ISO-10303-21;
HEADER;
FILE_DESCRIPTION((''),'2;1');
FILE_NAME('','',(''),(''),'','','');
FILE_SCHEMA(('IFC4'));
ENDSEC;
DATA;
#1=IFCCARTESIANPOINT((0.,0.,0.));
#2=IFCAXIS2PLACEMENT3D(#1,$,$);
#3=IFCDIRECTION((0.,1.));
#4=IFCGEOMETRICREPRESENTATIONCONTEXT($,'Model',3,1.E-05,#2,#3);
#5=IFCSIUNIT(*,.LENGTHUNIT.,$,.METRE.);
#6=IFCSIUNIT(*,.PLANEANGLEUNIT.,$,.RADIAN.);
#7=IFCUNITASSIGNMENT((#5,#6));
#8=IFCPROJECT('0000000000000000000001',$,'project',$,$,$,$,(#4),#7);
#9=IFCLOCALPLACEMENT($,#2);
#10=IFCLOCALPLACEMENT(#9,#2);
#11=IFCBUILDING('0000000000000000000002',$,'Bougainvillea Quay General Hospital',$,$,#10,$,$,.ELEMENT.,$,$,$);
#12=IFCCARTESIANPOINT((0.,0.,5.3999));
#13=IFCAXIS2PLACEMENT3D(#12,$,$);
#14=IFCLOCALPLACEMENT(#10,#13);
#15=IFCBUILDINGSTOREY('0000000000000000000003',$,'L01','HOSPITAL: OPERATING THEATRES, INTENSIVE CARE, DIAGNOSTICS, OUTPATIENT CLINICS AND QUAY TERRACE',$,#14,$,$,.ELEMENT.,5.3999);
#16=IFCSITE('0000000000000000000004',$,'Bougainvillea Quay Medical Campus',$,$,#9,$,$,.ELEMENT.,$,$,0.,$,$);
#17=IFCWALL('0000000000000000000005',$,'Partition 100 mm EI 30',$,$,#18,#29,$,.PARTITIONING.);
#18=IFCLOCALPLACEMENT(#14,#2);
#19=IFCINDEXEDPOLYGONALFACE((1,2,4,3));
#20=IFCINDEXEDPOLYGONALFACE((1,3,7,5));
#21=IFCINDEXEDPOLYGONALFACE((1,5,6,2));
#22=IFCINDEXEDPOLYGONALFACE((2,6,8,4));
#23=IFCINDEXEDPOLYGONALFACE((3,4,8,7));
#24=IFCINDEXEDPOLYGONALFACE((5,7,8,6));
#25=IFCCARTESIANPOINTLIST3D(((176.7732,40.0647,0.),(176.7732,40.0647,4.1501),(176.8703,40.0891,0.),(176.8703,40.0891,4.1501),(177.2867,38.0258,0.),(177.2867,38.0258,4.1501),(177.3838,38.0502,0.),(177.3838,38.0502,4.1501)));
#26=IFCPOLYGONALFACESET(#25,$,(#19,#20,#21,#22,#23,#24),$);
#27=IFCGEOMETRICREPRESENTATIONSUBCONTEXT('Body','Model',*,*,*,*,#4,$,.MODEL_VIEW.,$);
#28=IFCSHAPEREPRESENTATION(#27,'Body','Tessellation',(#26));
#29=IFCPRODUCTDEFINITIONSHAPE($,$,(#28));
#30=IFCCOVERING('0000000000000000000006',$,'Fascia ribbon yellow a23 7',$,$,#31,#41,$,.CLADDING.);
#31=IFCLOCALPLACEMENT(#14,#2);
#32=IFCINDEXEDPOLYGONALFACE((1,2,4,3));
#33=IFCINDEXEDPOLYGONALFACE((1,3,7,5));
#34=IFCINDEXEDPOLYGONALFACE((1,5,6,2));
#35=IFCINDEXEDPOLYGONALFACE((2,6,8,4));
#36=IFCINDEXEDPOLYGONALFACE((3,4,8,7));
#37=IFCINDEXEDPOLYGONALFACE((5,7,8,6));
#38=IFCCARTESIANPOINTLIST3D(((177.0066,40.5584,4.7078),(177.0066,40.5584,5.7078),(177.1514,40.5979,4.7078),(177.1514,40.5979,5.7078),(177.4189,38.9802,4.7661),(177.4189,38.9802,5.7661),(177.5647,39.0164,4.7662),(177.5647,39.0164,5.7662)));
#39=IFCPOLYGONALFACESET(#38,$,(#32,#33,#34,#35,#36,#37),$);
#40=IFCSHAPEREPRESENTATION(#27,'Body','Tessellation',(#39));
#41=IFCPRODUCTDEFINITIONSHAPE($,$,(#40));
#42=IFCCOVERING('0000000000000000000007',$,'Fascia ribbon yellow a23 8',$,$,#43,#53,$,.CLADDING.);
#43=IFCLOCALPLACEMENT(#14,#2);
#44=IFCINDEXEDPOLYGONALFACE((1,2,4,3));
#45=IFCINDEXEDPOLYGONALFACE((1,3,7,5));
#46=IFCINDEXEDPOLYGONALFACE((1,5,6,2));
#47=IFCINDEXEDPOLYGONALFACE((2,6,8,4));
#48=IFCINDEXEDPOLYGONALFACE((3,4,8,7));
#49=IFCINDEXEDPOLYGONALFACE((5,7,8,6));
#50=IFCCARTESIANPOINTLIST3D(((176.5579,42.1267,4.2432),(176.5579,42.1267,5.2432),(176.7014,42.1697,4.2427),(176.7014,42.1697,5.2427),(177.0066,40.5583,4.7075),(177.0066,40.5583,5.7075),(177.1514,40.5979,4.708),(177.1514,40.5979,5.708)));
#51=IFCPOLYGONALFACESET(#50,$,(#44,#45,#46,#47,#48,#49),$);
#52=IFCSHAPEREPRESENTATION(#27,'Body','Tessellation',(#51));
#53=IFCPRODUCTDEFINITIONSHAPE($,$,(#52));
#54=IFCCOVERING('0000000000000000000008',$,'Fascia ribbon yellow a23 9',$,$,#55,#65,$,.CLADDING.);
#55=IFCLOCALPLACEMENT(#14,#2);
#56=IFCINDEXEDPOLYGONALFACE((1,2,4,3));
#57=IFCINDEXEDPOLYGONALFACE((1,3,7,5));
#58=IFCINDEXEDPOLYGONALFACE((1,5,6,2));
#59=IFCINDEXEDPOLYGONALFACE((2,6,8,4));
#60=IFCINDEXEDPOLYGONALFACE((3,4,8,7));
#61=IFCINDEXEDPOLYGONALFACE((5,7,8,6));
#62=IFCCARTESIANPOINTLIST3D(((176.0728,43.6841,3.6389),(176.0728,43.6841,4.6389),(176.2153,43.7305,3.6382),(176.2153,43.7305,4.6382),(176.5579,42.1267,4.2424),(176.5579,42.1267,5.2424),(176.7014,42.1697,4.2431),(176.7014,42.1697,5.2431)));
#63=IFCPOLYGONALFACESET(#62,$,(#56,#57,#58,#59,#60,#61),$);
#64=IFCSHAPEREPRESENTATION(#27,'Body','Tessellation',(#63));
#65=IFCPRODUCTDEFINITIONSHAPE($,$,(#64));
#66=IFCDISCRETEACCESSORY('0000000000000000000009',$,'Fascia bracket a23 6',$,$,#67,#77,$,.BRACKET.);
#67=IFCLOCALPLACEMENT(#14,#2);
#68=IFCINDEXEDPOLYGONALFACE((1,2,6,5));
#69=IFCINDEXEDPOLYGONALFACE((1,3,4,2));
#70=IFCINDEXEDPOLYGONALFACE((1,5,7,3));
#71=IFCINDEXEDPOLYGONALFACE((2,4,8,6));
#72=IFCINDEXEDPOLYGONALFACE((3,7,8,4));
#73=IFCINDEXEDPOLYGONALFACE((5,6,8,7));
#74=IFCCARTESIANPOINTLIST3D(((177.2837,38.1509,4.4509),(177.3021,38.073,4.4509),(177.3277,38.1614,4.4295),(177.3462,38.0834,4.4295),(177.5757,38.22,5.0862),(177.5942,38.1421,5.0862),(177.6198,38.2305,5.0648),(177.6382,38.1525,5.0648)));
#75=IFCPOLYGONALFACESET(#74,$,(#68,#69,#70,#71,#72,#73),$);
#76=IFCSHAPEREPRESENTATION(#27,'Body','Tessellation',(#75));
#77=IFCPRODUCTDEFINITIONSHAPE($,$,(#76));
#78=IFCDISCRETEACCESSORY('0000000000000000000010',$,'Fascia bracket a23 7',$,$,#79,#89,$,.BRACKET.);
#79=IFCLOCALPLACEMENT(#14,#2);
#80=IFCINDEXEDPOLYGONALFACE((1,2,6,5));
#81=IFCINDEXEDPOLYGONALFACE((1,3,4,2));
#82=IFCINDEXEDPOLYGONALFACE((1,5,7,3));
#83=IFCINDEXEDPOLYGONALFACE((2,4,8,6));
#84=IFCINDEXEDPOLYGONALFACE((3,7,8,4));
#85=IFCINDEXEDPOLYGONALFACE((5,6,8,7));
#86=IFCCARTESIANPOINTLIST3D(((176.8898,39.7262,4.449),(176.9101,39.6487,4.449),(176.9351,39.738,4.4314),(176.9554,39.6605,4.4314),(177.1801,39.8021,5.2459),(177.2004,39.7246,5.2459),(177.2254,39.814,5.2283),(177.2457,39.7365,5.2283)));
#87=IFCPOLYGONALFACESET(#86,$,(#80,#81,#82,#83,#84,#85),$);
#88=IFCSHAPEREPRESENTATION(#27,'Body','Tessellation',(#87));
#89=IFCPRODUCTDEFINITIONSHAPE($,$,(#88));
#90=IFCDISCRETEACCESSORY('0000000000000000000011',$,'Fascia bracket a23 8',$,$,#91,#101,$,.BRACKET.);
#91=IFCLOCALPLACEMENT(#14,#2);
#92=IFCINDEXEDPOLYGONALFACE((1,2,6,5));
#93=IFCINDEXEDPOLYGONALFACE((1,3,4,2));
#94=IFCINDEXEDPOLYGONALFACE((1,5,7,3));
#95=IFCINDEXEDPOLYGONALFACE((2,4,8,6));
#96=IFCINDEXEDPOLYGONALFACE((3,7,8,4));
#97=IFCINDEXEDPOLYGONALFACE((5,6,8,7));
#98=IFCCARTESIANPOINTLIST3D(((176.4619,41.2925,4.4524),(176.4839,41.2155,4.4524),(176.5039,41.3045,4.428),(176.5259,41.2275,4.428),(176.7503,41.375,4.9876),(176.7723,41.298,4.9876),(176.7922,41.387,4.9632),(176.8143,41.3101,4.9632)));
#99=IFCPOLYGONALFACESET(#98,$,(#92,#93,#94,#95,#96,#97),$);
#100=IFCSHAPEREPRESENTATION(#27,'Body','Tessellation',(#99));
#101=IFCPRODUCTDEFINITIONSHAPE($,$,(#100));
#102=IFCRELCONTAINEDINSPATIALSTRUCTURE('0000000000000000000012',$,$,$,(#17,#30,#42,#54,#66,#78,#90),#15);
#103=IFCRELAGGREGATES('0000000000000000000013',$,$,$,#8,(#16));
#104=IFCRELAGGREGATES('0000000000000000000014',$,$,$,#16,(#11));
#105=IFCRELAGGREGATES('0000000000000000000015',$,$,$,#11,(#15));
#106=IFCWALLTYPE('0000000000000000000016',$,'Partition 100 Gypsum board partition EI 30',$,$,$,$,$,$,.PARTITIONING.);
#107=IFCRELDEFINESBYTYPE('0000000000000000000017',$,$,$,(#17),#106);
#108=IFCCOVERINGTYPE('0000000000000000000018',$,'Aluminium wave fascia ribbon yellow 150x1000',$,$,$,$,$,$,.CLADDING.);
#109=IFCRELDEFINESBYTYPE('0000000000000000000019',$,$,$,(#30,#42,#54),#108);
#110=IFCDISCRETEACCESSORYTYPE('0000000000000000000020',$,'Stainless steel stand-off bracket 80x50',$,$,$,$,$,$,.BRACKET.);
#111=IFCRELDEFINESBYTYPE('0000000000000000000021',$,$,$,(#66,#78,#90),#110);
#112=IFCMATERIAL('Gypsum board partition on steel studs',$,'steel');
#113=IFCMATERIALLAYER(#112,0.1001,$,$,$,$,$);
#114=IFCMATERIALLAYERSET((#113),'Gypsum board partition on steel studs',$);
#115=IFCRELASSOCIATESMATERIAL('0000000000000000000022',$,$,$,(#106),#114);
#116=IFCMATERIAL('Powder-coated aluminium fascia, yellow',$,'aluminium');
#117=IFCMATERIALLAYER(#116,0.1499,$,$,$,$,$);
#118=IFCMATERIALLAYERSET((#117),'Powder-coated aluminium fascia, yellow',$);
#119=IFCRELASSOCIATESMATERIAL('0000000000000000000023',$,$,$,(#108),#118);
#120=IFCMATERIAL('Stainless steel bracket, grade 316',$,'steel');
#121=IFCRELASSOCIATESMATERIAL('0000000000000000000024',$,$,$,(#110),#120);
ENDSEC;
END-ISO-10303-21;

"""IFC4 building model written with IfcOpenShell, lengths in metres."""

from ifc_helpers import new_model, si_unit, direction, frame, frame_2d, origin, origin_2d, place, context, subcontext, project, spatial, polyline, rectangle, outline, extrude, material, layer, layer_set, material_profile, profile_set, type_object, element, save


model = new_model("IFC4")

# Units and contexts
model_context = context("Model", 3, precision=1e-05, world=origin(), true_north=direction((0.0, 1.0)))
body_context = subcontext(model_context, "Body", "Model", "MODEL_VIEW")
ifc_project = project(units=[si_unit("LENGTHUNIT", "METRE"), si_unit("PLANEANGLEUNIT", "RADIAN")], contexts=[model_context])

# Site, building, storey
site_placement = place(None, origin())
site = spatial("IfcSite", under=ifc_project, at=site_placement, Name="Bougainvillea Quay Medical Campus", CompositionType="ELEMENT", RefElevation=0.0)
building_placement = place(site_placement, origin())
building = spatial("IfcBuilding", under=site, at=building_placement, Name="Bougainvillea Quay General Hospital", CompositionType="ELEMENT")
storey_placement = place(building_placement, frame((0.0, 0.0, 5.3999)))
storey = spatial("IfcBuildingStorey", under=building, at=storey_placement, Name="L01", Description="HOSPITAL: OPERATING THEATRES, INTENSIVE CARE, DIAGNOSTICS, OUTPATIENT CLINICS AND QUAY TERRACE", CompositionType="ELEMENT", Elevation=5.3999)

# Wall
ifc_material_1 = material(Name="Gypsum board partition on steel studs", Category="steel")
ifc_layer_1 = layer(ifc_material_1, 0.1001)
ifc_layer_set_1 = layer_set([ifc_layer_1], Name="Gypsum board partition on steel studs")
wall_type = type_object("IfcWallType", Name="Partition 100 Gypsum board partition EI 30", PredefinedType="PARTITIONING", material=ifc_layer_set_1)
wall_1_placement = place(storey_placement, frame((176.8218, 40.0769, 0.0), z_axis=(0.0, 0.0, 1.0), x_axis=(0.244202, -0.969724, 0.0)))
element("IfcWall", 1, at=wall_1_placement, inside=storey, type_object=wall_type, Name="Partition 100 mm EI 30", PredefinedType="PARTITIONING", context=body_context, shape_type="SweptSolid", body=[
    extrude(rectangle(XDim=2.1025, YDim=0.1001, at=frame_2d((1.0513, 0.0))), origin(), (0.0, 0.0, 1.0), 4.1501),
])

# Coverings
ifc_material_2 = material(Name="Powder-coated aluminium fascia, yellow", Category="aluminium")
ifc_layer_2 = layer(ifc_material_2, 0.1499)
ifc_layer_set_2 = layer_set([ifc_layer_2], Name="Powder-coated aluminium fascia, yellow")
covering_type = type_object("IfcCoveringType", Name="Aluminium wave fascia ribbon yellow 150x1000", PredefinedType="CLADDING", material=ifc_layer_set_2)
covering_1_placement = place(storey_placement, frame((177.4189, 38.9802, 4.7661), z_axis=(-0.009002, 0.034558, 0.999362), x_axis=(-0.252644, 0.9669, -0.035711)))
element("IfcCovering", 2, at=covering_1_placement, inside=storey, type_object=covering_type, Name="Fascia ribbon yellow a23 7", PredefinedType="CLADDING", context=body_context, shape_type="SweptSolid", body=[
    extrude(outline(polyline([(0.0, 0.0), (1.6322, 0.0), (1.6338, -0.1501), (-0.0019, -0.1502), (0.0, 0.0)])), origin(), (-0.035711, 0.000026, 0.999362), 1.0),
])
covering_2_placement = place(storey_placement, frame((177.0066, 40.5583, 4.7075), z_axis=(-0.075327, 0.263197, 0.961797), x_axis=(-0.264568, 0.924693, -0.273764)))
element("IfcCovering", 3, at=covering_2_placement, inside=storey, type_object=covering_type, Name="Fascia ribbon yellow a23 8", PredefinedType="CLADDING", context=body_context, shape_type="SweptSolid", body=[
    extrude(outline(polyline([(0.0, 0.0), (1.6961, 0.0), (1.698, -0.1498), (-0.0019, -0.1501), (0.0, 0.0)])), origin(), (-0.273764, -0.00002, 0.961797), 1.0),
])
covering_3_placement = place(storey_placement, frame((176.5579, 42.1267, 4.2424), z_axis=(-0.103448, 0.33126, 0.937852), x_axis=(-0.278914, 0.895417, -0.347037)))
element("IfcCovering", 4, at=covering_3_placement, inside=storey, type_object=covering_type, Name="Fascia ribbon yellow a23 9", PredefinedType="CLADDING", context=body_context, shape_type="SweptSolid", body=[
    extrude(outline(polyline([(0.0, 0.0), (1.7392, 0.0), (1.7413, -0.1499), (-0.0018, -0.1498), (0.0, 0.0)])), origin(), (-0.347037, -0.000236, 0.937852), 1.0),
])

# Discrete accessories
ifc_material_3 = material(Name="Stainless steel bracket, grade 316", Category="steel")
ifc_material_profile_1 = material_profile(ifc_material_3, rectangle(XDim=0.0801, YDim=0.05, at=origin_2d()))
ifc_profile_set_1 = profile_set([ifc_material_profile_1], Name="Stainless steel bracket, grade 316")
discrete_accessory_type = type_object("IfcDiscreteAccessoryType", Name="Stainless steel stand-off bracket 80x50", PredefinedType="BRACKET", material=ifc_profile_set_1)
discrete_accessory_1_placement = place(storey_placement, frame((177.3149, 38.1172, 4.4402), z_axis=(0.415616, 0.098344, 0.904208), x_axis=(-0.230264, 0.973128, 0.0)))
element("IfcDiscreteAccessory", 5, at=discrete_accessory_1_placement, inside=storey, type_object=discrete_accessory_type, Name="Fascia bracket a23 6", PredefinedType="BRACKET", context=body_context, shape_type="SweptSolid", body=[
    extrude(rectangle(XDim=0.0801, YDim=0.05, at=origin_2d()), origin(), (0.0, 0.0, 1.0), 0.7026),
])
discrete_accessory_2_placement = place(storey_placement, frame((176.9226, 39.6934, 4.4402), z_axis=(0.340911, 0.08917, 0.935857), x_axis=(-0.253051, 0.967453, 0.0)))
element("IfcDiscreteAccessory", 6, at=discrete_accessory_2_placement, inside=storey, type_object=discrete_accessory_type, Name="Fascia bracket a23 7", PredefinedType="BRACKET", context=body_context, shape_type="SweptSolid", body=[
    extrude(rectangle(XDim=0.0801, YDim=0.05, at=origin_2d()), origin(), (0.0, 0.0, 1.0), 0.8516),
])
discrete_accessory_3_placement = place(storey_placement, frame((176.4939, 41.26, 4.4402), z_axis=(0.470005, 0.134514, 0.872354), x_axis=(-0.275151, 0.961401, 0.0)))
element("IfcDiscreteAccessory", 7, at=discrete_accessory_3_placement, inside=storey, type_object=discrete_accessory_type, Name="Fascia bracket a23 8", PredefinedType="BRACKET", context=body_context, shape_type="SweptSolid", body=[
    extrude(rectangle(XDim=0.0801, YDim=0.05, at=origin_2d()), origin(), (0.0, 0.0, 1.0), 0.6135),
])

save(model, "model.ifc")
